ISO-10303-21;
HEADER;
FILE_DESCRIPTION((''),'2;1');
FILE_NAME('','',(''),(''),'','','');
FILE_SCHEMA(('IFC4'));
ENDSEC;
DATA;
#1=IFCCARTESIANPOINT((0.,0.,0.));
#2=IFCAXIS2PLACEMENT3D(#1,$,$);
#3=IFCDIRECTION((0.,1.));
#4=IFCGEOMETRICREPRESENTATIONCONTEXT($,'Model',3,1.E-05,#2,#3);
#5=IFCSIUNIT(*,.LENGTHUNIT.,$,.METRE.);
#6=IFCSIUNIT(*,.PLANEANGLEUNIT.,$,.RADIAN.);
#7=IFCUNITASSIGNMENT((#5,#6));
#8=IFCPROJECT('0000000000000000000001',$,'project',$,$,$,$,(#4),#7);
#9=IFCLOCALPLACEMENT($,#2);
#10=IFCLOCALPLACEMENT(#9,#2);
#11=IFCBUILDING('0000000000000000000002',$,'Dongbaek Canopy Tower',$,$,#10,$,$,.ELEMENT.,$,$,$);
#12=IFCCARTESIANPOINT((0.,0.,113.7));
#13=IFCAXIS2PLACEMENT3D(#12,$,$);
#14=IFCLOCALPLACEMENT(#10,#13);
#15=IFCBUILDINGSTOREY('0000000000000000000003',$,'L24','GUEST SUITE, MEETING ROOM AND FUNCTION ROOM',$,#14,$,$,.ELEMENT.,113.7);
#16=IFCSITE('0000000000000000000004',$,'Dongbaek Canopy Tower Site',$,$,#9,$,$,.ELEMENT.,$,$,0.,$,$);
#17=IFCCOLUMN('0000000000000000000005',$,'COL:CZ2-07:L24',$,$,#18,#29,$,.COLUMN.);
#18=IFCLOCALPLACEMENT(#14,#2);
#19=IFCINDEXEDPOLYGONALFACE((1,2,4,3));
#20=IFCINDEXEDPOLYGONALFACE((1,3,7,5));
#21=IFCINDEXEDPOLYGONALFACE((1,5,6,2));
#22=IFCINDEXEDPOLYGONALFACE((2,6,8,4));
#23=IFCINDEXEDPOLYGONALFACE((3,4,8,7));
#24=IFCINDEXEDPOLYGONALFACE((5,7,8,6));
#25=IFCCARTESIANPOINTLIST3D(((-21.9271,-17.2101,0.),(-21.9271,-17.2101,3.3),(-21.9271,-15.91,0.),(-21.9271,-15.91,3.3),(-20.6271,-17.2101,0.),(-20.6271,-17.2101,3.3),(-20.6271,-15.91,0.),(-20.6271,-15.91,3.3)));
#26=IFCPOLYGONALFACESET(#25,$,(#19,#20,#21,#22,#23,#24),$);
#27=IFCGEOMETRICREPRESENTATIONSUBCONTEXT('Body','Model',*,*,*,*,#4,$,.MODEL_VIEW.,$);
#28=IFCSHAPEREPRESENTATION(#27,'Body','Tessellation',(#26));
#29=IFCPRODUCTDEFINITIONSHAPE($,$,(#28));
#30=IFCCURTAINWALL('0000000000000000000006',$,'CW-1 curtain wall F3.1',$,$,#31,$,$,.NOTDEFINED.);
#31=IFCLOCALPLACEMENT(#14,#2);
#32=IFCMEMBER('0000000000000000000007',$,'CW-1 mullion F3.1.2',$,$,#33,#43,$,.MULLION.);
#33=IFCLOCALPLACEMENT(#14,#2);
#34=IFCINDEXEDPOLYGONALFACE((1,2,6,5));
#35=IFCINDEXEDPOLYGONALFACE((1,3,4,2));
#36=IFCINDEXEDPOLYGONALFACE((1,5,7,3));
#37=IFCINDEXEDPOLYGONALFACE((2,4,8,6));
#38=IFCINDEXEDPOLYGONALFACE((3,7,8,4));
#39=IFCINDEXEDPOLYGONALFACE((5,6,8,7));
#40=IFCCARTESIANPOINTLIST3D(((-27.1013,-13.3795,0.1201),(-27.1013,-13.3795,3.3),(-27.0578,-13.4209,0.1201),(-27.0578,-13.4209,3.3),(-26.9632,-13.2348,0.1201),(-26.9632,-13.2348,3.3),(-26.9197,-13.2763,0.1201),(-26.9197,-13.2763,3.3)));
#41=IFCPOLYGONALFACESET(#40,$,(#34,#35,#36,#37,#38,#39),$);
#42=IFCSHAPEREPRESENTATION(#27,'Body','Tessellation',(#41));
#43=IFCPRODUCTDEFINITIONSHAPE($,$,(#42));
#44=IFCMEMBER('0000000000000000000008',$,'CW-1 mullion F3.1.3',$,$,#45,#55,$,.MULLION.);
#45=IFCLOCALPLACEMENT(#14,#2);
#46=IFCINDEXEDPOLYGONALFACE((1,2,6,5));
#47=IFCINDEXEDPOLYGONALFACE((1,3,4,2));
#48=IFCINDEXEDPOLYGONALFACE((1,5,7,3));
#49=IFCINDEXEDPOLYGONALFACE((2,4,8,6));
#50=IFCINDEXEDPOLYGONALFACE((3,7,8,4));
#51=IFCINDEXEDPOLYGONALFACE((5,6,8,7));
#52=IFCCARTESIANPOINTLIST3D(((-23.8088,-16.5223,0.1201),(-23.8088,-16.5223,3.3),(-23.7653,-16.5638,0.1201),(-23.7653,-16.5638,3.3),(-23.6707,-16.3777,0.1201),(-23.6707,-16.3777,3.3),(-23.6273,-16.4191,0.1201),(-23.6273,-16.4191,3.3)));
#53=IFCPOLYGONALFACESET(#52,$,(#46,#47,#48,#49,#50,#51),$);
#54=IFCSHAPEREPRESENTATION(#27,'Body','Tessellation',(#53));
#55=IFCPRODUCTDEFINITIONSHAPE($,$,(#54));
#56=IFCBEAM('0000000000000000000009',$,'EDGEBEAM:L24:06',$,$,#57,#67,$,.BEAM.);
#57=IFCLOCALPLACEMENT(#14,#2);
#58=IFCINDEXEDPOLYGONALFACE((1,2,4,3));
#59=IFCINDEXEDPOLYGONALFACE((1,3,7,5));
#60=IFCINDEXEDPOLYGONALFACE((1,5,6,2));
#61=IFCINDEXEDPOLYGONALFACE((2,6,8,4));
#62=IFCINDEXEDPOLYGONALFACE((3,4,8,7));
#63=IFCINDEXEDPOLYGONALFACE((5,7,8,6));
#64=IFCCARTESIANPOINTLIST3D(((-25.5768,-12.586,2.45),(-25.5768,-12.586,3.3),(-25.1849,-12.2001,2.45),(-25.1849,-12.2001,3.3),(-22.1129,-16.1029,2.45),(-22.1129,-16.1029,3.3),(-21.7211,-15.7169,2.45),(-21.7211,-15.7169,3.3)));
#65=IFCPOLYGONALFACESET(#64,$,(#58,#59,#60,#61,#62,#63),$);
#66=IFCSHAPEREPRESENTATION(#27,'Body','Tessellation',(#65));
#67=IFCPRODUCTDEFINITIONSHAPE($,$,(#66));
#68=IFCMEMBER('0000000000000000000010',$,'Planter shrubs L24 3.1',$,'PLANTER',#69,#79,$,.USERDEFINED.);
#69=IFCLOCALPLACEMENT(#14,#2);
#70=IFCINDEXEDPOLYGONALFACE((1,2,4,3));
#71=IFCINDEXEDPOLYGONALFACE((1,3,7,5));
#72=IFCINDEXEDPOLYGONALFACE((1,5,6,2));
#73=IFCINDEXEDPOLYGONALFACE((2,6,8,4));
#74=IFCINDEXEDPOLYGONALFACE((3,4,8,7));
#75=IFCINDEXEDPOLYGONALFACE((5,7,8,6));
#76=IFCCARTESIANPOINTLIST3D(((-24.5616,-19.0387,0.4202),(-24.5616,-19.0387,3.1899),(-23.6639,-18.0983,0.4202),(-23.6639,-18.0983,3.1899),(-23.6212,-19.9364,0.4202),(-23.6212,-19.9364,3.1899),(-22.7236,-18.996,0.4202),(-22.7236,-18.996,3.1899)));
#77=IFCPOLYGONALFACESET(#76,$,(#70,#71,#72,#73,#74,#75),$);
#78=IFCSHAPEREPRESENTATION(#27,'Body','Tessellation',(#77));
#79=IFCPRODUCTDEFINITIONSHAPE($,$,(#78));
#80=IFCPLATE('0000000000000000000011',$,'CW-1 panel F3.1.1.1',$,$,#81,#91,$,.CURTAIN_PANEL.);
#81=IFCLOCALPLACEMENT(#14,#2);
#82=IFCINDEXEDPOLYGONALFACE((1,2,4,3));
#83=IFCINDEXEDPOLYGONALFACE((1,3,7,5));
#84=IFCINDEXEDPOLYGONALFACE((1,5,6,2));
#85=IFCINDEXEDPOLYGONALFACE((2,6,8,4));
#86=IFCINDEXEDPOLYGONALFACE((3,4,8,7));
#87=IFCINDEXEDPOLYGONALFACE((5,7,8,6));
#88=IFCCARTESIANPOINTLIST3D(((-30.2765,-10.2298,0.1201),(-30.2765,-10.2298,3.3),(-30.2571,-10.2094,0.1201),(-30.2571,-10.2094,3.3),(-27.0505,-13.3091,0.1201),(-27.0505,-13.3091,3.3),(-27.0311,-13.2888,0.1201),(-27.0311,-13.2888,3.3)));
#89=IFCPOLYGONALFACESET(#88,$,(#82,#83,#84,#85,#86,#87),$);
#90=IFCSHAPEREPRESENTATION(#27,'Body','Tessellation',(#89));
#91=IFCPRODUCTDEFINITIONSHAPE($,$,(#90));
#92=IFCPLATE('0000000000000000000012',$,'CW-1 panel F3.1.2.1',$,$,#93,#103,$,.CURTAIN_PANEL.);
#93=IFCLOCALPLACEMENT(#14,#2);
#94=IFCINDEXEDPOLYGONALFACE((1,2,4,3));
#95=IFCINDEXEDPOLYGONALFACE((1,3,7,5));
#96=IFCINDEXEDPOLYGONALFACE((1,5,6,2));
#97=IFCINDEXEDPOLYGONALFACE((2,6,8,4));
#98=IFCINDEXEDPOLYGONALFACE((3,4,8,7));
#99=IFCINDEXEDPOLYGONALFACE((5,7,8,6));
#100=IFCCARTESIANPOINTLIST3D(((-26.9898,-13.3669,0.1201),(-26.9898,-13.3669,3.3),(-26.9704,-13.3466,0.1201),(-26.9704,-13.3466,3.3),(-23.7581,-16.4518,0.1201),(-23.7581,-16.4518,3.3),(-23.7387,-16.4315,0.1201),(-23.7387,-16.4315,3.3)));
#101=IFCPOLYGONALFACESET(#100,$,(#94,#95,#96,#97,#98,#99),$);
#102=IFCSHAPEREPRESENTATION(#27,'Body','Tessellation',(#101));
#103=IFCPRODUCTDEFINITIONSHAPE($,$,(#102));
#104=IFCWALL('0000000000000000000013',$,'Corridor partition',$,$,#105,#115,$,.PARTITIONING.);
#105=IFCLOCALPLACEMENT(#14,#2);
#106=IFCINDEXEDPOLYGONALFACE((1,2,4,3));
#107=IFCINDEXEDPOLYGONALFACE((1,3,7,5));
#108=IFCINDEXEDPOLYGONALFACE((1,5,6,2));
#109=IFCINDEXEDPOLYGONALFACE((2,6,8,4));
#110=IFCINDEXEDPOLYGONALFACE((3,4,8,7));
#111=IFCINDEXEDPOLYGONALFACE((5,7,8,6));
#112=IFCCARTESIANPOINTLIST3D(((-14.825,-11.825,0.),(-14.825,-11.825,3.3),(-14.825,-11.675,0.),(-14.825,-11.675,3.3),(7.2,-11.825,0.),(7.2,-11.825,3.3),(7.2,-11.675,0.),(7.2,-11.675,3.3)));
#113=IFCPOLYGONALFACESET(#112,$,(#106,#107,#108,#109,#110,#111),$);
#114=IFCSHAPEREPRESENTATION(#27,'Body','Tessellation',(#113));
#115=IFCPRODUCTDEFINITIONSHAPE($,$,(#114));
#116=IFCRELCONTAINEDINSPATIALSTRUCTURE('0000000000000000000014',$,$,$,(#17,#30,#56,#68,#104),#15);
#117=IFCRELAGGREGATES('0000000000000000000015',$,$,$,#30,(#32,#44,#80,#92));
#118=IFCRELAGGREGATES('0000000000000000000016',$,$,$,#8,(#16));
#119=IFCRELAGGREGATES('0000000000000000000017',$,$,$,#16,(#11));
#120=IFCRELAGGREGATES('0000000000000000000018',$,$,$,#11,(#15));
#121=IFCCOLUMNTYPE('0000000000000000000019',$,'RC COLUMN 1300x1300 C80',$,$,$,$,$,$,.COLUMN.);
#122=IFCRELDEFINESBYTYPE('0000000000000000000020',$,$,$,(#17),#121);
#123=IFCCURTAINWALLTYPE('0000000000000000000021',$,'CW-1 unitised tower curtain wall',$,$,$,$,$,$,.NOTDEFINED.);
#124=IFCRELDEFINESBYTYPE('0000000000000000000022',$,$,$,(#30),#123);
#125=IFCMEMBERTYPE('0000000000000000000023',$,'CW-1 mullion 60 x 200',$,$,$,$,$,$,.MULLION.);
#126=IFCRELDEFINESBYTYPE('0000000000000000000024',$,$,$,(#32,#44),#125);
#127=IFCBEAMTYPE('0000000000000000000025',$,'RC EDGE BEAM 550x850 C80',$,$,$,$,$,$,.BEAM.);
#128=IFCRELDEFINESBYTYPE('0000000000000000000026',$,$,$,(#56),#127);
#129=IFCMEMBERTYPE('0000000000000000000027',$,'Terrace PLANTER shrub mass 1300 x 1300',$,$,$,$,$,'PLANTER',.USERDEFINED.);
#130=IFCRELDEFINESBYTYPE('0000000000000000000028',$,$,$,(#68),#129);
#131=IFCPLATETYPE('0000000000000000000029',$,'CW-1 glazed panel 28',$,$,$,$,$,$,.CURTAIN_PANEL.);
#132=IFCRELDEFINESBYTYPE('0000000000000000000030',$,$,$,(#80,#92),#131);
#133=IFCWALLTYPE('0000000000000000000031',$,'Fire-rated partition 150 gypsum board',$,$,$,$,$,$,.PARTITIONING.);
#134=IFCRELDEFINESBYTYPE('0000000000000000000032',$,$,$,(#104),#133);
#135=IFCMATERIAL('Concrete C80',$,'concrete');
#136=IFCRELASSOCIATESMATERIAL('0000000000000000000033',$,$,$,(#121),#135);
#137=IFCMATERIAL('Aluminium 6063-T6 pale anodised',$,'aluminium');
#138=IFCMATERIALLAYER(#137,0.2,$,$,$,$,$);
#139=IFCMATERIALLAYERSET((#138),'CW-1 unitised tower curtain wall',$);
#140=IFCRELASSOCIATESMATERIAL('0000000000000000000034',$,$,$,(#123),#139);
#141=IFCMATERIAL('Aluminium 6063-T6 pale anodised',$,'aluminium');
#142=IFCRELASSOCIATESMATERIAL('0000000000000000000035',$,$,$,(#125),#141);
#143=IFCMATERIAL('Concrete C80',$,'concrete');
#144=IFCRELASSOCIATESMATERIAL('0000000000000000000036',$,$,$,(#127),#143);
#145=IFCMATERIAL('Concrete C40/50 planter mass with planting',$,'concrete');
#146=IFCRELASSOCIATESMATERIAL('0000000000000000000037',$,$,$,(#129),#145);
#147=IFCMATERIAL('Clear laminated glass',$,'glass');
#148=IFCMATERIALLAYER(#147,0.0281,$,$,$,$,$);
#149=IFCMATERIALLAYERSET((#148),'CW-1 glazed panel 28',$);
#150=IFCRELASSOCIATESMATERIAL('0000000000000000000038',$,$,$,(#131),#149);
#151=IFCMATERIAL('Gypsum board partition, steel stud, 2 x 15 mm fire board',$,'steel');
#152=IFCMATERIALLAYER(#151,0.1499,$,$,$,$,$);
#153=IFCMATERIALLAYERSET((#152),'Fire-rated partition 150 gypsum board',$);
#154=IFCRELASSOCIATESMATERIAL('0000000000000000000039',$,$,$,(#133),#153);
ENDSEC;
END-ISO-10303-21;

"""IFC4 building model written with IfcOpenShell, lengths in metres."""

from ifc_helpers import new_model, si_unit, direction, frame, frame_2d, origin, origin_2d, place, context, subcontext, project, spatial, rectangle, extrude, material, layer, layer_set, material_profile, profile_set, type_object, element, aggregate, save


model = new_model("IFC4")

# Units and contexts
model_context = context("Model", 3, precision=1e-05, world=origin(), true_north=direction((0.0, 1.0)))
body_context = subcontext(model_context, "Body", "Model", "MODEL_VIEW")
ifc_project = project(units=[si_unit("LENGTHUNIT", "METRE"), si_unit("PLANEANGLEUNIT", "RADIAN")], contexts=[model_context])

# Site, building, storey
site_placement = place(None, origin())
site = spatial("IfcSite", under=ifc_project, at=site_placement, Name="Dongbaek Canopy Tower Site", CompositionType="ELEMENT", RefElevation=0.0)
building_placement = place(site_placement, origin())
building = spatial("IfcBuilding", under=site, at=building_placement, Name="Dongbaek Canopy Tower", CompositionType="ELEMENT")
storey_placement = place(building_placement, frame((0.0, 0.0, 113.7)))
storey = spatial("IfcBuildingStorey", under=building, at=storey_placement, Name="L24", Description="GUEST SUITE, MEETING ROOM AND FUNCTION ROOM", CompositionType="ELEMENT", Elevation=113.7)

# Column
ifc_material_1 = material(Name="Concrete C80", Category="concrete")
ifc_material_profile_1 = material_profile(ifc_material_1, rectangle(XDim=1.3, YDim=1.3, at=origin_2d()), Name="RC COLUMN 1300x1300 C80")
ifc_profile_set_1 = profile_set([ifc_material_profile_1], Name="Concrete C80")
column_type = type_object("IfcColumnType", Name="RC COLUMN 1300x1300 C80", PredefinedType="COLUMN", material=ifc_profile_set_1)
column_placement = place(storey_placement, frame((-21.2771, -16.5601, 0.0), z_axis=(0.0, 0.0, 1.0), x_axis=(1.0, 0.0, 0.0)))
element("IfcColumn", 1, at=column_placement, inside=storey, type_object=column_type, Name="COL:CZ2-07:L24", PredefinedType="COLUMN", context=body_context, shape_type="SweptSolid", body=[
    extrude(rectangle(XDim=1.3, YDim=1.3, at=origin_2d()), origin(), (0.0, 0.0, 1.0), 3.3),
])

# Curtain wall, members
ifc_material_2 = material(Name="Aluminium 6063-T6 pale anodised", Category="aluminium")
ifc_layer_1 = layer(ifc_material_2, 0.2)
ifc_layer_set_1 = layer_set([ifc_layer_1], Name="CW-1 unitised tower curtain wall")
curtain_wall_type = type_object("IfcCurtainWallType", Name="CW-1 unitised tower curtain wall", PredefinedType="NOTDEFINED", material=ifc_layer_set_1)
curtain_wall_placement = place(storey_placement, origin())
curtain_wall = element("IfcCurtainWall", 2, at=curtain_wall_placement, inside=storey, type_object=curtain_wall_type, Name="CW-1 curtain wall F3.1", PredefinedType="NOTDEFINED")
ifc_material_3 = material(Name="Aluminium 6063-T6 pale anodised", Category="aluminium")
ifc_material_profile_2 = material_profile(ifc_material_3, rectangle(XDim=0.2, YDim=0.0601, at=origin_2d()), Name="CW-1 mullion 60 x 200")
ifc_profile_set_2 = profile_set([ifc_material_profile_2], Name="Aluminium 6063-T6 pale anodised")
member_type_1 = type_object("IfcMemberType", Name="CW-1 mullion 60 x 200", PredefinedType="MULLION", material=ifc_profile_set_2)
member_1_placement = place(storey_placement, frame((-27.0105, -13.3279, 0.1201), z_axis=(0.0, 0.0, 1.0), x_axis=(-0.690482, -0.723349, 0.0)))
member_1 = element("IfcMember", 3, at=member_1_placement, type_object=member_type_1, Name="CW-1 mullion F3.1.2", PredefinedType="MULLION", context=body_context, shape_type="SweptSolid", body=[
    extrude(rectangle(XDim=0.2, YDim=0.0601, at=origin_2d()), origin(), (0.0, 0.0, 1.0), 3.1799),
])
member_2_placement = place(storey_placement, frame((-23.718, -16.4707, 0.1201), z_axis=(0.0, 0.0, 1.0), x_axis=(-0.690482, -0.723349, 0.0)))
member_2 = element("IfcMember", 4, at=member_2_placement, type_object=member_type_1, Name="CW-1 mullion F3.1.3", PredefinedType="MULLION", context=body_context, shape_type="SweptSolid", body=[
    extrude(rectangle(XDim=0.2, YDim=0.0601, at=origin_2d()), origin(), (0.0, 0.0, 1.0), 3.1799),
])

# Beam
ifc_material_4 = material(Name="Concrete C80", Category="concrete")
ifc_material_profile_3 = material_profile(ifc_material_4, rectangle(XDim=0.55, YDim=0.8501, at=origin_2d()), Name="RC EDGE BEAM 550x850 C80")
ifc_profile_set_3 = profile_set([ifc_material_profile_3], Name="Concrete C80")
beam_type = type_object("IfcBeamType", Name="RC EDGE BEAM 550x850 C80", PredefinedType="BEAM", material=ifc_profile_set_3)
beam_placement = place(storey_placement, frame((-21.917, -15.9099, 2.875), z_axis=(-0.70172, 0.712453, 0.0), x_axis=(-0.712453, -0.70172, 0.0)))
element("IfcBeam", 5, at=beam_placement, inside=storey, type_object=beam_type, Name="EDGEBEAM:L24:06", PredefinedType="BEAM", context=body_context, shape_type="SweptSolid", body=[
    extrude(rectangle(XDim=0.55, YDim=0.8501, at=origin_2d()), origin(), (0.0, 0.0, 1.0), 4.9363),
])

# Member
ifc_material_5 = material(Name="Concrete C40/50 planter mass with planting", Category="concrete")
ifc_material_profile_4 = material_profile(ifc_material_5, rectangle(XDim=1.3, YDim=1.3, at=origin_2d()), Name="Terrace PLANTER shrub mass 1300 x 1300")
ifc_profile_set_4 = profile_set([ifc_material_profile_4], Name="Concrete C40/50 planter mass with planting")
member_type_2 = type_object("IfcMemberType", Name="Terrace PLANTER shrub mass 1300 x 1300", ElementType="PLANTER", PredefinedType="USERDEFINED", material=ifc_profile_set_4)
member_3_placement = place(storey_placement, frame((-23.6426, -19.0173, 0.4202), z_axis=(0.0, 0.0, 1.0), x_axis=(-0.690482, -0.723349, 0.0)))
element("IfcMember", 6, at=member_3_placement, inside=storey, type_object=member_type_2, Name="Planter shrubs L24 3.1", ObjectType="PLANTER", PredefinedType="USERDEFINED", context=body_context, shape_type="SweptSolid", body=[
    extrude(rectangle(XDim=1.3, YDim=1.3, at=origin_2d()), origin(), (0.0, 0.0, 1.0), 2.7698),
])

# Plates
ifc_material_6 = material(Name="Clear laminated glass", Category="glass")
ifc_layer_2 = layer(ifc_material_6, 0.0281)
ifc_layer_set_2 = layer_set([ifc_layer_2], Name="CW-1 glazed panel 28")
plate_type = type_object("IfcPlateType", Name="CW-1 glazed panel 28", PredefinedType="CURTAIN_PANEL", material=ifc_layer_set_2)
plate_1_placement = place(storey_placement, frame((-28.6538, -11.7593, 0.1201), z_axis=(0.0, 0.0, 1.0), x_axis=(0.723349, -0.690482, 0.0)))
plate_1 = element("IfcPlate", 7, at=plate_1_placement, type_object=plate_type, Name="CW-1 panel F3.1.1.1", PredefinedType="CURTAIN_PANEL", context=body_context, shape_type="SweptSolid", body=[
    extrude(rectangle(XDim=4.4597, YDim=0.0281, at=origin_2d()), origin(), (0.0, 0.0, 1.0), 3.1799),
])
plate_2_placement = place(storey_placement, frame((-25.3643, -14.8992, 0.1201), z_axis=(0.0, 0.0, 1.0), x_axis=(0.723349, -0.690482, 0.0)))
plate_2 = element("IfcPlate", 8, at=plate_2_placement, type_object=plate_type, Name="CW-1 panel F3.1.2.1", PredefinedType="CURTAIN_PANEL", context=body_context, shape_type="SweptSolid", body=[
    extrude(rectangle(XDim=4.4678, YDim=0.0281, at=origin_2d()), origin(), (0.0, 0.0, 1.0), 3.1799),
])

# Wall
ifc_material_7 = material(Name="Gypsum board partition, steel stud, 2 x 15 mm fire board", Category="steel")
ifc_layer_3 = layer(ifc_material_7, 0.1499)
ifc_layer_set_3 = layer_set([ifc_layer_3], Name="Fire-rated partition 150 gypsum board")
wall_type_1 = type_object("IfcWallType", Name="Fire-rated partition 150 gypsum board", PredefinedType="PARTITIONING", material=ifc_layer_set_3)
wall_1_placement = place(storey_placement, frame((-14.825, -11.75, 0.0), z_axis=(0.0, 0.0, 1.0), x_axis=(1.0, 0.0, 0.0)))
element("IfcWall", 9, at=wall_1_placement, inside=storey, type_object=wall_type_1, Name="Corridor partition", PredefinedType="PARTITIONING", context=body_context, shape_type="SweptSolid", body=[
    extrude(rectangle(XDim=22.0249, YDim=0.1499, at=frame_2d((11.0125, 0.0))), origin(), (0.0, 0.0, 1.0), 3.3),
])

aggregate(curtain_wall, [member_1, member_2, plate_1, plate_2])

save(model, "model.ifc")
